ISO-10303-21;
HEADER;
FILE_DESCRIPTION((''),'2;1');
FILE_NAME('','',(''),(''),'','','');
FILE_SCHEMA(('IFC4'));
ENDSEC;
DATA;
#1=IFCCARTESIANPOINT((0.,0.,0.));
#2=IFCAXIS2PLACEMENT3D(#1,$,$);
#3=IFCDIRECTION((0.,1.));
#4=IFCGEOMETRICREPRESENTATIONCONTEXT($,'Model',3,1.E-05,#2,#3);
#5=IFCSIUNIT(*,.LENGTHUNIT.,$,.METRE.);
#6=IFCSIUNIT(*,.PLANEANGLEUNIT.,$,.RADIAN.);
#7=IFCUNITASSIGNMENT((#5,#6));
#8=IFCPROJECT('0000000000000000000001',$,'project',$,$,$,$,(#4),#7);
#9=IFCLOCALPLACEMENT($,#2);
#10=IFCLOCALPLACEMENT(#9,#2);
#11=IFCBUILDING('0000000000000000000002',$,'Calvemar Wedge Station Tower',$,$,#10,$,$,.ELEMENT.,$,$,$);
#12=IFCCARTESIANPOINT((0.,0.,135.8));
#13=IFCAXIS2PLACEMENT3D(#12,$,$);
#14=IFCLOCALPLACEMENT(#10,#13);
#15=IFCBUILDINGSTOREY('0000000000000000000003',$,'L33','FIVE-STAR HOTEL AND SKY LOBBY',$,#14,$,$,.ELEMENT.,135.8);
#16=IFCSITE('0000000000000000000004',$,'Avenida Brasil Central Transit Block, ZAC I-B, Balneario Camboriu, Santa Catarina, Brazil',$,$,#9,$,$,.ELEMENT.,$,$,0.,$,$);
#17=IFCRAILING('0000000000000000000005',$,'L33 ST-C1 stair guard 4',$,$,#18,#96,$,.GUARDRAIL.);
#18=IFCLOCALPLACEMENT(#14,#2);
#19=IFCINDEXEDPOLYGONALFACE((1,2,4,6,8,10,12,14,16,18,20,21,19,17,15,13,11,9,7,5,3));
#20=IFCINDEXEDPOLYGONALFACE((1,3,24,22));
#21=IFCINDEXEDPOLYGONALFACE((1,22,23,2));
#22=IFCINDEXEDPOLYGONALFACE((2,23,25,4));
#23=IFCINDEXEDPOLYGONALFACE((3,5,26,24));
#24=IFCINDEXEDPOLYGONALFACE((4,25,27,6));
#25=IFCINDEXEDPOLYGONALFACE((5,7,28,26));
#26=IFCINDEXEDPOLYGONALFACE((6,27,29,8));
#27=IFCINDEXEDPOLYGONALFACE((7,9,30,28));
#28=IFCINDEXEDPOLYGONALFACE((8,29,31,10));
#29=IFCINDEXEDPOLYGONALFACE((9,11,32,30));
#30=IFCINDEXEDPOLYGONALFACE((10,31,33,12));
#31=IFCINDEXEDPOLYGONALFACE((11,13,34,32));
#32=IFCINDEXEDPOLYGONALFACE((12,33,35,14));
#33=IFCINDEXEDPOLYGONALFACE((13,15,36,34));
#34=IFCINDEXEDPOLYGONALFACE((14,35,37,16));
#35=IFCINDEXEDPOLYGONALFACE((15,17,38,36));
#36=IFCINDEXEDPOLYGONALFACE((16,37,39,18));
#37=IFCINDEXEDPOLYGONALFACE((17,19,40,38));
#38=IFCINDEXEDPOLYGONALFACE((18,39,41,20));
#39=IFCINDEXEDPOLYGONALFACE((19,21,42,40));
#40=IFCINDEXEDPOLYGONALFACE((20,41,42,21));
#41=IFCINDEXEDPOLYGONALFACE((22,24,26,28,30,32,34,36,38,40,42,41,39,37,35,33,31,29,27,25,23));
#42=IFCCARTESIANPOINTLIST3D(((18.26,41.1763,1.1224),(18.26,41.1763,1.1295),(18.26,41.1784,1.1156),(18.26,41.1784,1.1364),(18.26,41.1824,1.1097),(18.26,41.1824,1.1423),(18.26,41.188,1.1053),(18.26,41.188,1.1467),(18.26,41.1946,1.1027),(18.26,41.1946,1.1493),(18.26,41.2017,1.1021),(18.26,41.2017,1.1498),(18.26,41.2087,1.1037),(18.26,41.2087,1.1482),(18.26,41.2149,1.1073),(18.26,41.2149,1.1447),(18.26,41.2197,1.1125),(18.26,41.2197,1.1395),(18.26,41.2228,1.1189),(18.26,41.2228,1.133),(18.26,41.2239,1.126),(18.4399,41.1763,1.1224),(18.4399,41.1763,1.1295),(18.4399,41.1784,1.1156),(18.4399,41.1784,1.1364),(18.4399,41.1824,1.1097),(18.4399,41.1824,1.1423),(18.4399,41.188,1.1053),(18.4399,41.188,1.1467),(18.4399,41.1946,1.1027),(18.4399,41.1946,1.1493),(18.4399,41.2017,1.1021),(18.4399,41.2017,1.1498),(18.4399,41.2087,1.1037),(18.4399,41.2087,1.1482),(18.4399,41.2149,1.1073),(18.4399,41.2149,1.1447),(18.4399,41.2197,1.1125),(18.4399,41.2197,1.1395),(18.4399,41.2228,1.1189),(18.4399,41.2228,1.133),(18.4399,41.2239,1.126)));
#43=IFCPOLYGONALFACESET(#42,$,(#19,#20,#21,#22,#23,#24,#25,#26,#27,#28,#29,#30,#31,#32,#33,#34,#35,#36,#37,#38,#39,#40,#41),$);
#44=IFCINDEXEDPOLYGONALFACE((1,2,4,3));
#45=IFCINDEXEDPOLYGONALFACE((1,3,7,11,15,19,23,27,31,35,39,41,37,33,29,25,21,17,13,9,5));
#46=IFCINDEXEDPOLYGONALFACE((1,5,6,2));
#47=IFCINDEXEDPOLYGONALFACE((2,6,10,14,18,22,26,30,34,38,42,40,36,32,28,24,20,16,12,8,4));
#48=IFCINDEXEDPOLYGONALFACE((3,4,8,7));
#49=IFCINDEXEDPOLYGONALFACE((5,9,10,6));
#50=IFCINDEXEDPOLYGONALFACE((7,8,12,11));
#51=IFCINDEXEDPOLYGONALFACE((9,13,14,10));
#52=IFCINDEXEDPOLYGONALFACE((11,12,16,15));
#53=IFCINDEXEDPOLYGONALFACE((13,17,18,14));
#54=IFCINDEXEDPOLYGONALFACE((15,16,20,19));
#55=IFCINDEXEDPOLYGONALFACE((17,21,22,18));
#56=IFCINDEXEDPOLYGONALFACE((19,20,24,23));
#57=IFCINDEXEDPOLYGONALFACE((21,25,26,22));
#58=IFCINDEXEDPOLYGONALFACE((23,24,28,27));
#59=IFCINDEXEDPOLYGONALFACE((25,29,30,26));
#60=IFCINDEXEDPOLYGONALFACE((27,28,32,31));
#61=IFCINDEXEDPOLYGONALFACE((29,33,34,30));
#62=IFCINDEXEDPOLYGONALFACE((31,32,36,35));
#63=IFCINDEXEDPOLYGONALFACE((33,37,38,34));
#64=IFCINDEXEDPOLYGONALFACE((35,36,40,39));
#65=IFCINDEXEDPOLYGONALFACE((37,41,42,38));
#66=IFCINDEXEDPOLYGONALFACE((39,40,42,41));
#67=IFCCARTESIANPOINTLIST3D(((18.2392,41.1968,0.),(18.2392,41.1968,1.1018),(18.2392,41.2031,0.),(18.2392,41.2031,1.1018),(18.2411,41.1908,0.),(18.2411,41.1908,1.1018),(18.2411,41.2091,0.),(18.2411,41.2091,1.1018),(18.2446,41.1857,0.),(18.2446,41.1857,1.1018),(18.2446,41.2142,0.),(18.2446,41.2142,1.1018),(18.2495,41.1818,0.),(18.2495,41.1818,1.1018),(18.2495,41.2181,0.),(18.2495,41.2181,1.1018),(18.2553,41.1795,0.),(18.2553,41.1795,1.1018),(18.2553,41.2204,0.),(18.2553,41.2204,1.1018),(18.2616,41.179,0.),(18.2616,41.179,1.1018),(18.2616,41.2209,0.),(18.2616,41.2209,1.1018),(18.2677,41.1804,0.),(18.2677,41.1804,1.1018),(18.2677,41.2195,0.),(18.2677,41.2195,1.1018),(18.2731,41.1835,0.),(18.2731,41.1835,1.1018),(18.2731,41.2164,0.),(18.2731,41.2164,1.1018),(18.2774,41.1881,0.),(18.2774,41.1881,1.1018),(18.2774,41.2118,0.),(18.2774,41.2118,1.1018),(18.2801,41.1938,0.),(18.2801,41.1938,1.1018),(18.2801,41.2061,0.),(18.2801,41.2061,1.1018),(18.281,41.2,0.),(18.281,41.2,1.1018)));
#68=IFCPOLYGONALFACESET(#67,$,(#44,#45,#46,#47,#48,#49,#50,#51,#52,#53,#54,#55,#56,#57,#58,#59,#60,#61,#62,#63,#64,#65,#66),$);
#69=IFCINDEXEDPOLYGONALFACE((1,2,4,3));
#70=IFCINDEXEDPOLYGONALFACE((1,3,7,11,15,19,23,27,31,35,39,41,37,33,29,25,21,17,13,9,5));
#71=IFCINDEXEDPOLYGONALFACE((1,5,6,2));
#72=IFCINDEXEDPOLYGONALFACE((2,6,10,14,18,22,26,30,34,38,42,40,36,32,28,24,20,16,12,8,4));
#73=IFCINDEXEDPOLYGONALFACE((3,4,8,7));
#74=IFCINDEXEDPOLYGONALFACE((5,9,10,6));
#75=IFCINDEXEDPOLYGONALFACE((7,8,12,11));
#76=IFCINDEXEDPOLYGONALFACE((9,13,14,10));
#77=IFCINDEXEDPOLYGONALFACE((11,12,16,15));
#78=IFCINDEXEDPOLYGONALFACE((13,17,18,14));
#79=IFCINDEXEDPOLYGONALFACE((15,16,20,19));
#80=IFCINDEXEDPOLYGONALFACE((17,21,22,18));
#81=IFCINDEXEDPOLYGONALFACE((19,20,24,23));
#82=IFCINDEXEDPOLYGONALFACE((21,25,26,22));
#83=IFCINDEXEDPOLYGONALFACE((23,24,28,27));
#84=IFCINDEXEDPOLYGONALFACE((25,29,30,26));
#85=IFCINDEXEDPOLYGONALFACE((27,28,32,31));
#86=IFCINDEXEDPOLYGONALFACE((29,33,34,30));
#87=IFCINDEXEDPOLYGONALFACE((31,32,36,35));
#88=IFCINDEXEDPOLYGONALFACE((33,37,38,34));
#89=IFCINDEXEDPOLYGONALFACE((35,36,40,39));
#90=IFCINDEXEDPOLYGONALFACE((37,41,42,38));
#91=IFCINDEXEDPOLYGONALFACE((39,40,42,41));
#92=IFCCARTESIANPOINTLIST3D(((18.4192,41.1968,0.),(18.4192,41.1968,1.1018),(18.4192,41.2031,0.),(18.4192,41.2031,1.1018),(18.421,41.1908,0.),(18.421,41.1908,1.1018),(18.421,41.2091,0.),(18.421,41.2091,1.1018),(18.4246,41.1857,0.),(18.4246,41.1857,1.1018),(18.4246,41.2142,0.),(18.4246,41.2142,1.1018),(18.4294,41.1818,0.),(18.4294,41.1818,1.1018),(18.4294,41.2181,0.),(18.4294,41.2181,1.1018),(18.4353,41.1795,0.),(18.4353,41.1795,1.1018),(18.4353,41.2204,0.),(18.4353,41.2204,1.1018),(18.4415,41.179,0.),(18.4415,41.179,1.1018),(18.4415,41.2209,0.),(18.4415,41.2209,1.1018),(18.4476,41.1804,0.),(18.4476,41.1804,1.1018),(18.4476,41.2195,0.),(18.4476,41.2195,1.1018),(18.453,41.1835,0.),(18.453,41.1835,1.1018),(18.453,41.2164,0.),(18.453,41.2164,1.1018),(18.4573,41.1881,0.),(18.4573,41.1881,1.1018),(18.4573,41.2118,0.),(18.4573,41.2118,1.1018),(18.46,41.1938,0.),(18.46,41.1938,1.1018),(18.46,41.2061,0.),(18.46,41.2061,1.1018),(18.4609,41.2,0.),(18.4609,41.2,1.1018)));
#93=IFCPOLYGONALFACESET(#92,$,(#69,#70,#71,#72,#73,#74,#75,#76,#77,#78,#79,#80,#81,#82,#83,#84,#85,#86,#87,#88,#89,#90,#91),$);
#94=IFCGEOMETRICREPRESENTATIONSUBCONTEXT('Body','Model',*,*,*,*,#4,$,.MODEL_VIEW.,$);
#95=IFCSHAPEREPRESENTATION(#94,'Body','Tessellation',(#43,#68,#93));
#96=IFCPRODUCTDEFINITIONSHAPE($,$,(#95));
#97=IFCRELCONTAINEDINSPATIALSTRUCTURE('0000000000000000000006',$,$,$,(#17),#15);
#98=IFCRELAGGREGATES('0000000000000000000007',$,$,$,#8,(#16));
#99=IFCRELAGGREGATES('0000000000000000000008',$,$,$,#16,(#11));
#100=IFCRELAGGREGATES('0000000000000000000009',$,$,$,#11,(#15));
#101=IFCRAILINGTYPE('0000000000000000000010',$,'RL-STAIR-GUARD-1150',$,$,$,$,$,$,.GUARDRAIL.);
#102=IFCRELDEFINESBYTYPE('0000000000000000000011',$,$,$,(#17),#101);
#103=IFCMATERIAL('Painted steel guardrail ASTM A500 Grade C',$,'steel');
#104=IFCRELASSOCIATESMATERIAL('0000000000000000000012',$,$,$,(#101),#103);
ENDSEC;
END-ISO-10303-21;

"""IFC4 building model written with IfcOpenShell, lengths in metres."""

from ifc_helpers import new_model, si_unit, direction, frame, origin, origin_2d, place, context, subcontext, project, spatial, circle, extrude, material, type_object, element, save


model = new_model("IFC4")

# Units and contexts
model_context = context("Model", 3, precision=1e-05, world=origin(), true_north=direction((0.0, 1.0)))
body_context = subcontext(model_context, "Body", "Model", "MODEL_VIEW")
ifc_project = project(units=[si_unit("LENGTHUNIT", "METRE"), si_unit("PLANEANGLEUNIT", "RADIAN")], contexts=[model_context])

# Site, building, storey
site_placement = place(None, origin())
site = spatial("IfcSite", under=ifc_project, at=site_placement, Name="Avenida Brasil Central Transit Block, ZAC I-B, Balneario Camboriu, Santa Catarina, Brazil", CompositionType="ELEMENT", RefElevation=0.0)
building_placement = place(site_placement, origin())
building = spatial("IfcBuilding", under=site, at=building_placement, Name="Calvemar Wedge Station Tower", CompositionType="ELEMENT")
storey_placement = place(building_placement, frame((0.0, 0.0, 135.8)))
storey = spatial("IfcBuildingStorey", under=building, at=storey_placement, Name="L33", Description="FIVE-STAR HOTEL AND SKY LOBBY", CompositionType="ELEMENT", Elevation=135.8)

# Railing
ifc_material_1 = material(Name="Painted steel guardrail ASTM A500 Grade C", Category="steel")
railing_type = type_object("IfcRailingType", Name="RL-STAIR-GUARD-1150", PredefinedType="GUARDRAIL", material=ifc_material_1)
railing_1_placement = place(storey_placement, frame((18.26, 41.2, 0.0)))
element("IfcRailing", 1, at=railing_1_placement, inside=storey, type_object=railing_type, Name="L33 ST-C1 stair guard 4", PredefinedType="GUARDRAIL", context=body_context, shape_type="SweptSolid", body=[
    extrude(circle(Radius=0.0239, at=origin_2d()), frame((0.0, 0.0, 1.126), z_axis=(1.0, 0.0, 0.0), x_axis=(0.0, 1.0, 0.0)), (0.0, 0.0, 1.0), 0.1799),
    extrude(circle(Radius=0.021, at=origin_2d()), origin(), (0.0, 0.0, 1.0), 1.1018),
    extrude(circle(Radius=0.021, at=origin_2d()), frame((0.1799, 0.0, 0.0)), (0.0, 0.0, 1.0), 1.1018),
])

save(model, "model.ifc")
